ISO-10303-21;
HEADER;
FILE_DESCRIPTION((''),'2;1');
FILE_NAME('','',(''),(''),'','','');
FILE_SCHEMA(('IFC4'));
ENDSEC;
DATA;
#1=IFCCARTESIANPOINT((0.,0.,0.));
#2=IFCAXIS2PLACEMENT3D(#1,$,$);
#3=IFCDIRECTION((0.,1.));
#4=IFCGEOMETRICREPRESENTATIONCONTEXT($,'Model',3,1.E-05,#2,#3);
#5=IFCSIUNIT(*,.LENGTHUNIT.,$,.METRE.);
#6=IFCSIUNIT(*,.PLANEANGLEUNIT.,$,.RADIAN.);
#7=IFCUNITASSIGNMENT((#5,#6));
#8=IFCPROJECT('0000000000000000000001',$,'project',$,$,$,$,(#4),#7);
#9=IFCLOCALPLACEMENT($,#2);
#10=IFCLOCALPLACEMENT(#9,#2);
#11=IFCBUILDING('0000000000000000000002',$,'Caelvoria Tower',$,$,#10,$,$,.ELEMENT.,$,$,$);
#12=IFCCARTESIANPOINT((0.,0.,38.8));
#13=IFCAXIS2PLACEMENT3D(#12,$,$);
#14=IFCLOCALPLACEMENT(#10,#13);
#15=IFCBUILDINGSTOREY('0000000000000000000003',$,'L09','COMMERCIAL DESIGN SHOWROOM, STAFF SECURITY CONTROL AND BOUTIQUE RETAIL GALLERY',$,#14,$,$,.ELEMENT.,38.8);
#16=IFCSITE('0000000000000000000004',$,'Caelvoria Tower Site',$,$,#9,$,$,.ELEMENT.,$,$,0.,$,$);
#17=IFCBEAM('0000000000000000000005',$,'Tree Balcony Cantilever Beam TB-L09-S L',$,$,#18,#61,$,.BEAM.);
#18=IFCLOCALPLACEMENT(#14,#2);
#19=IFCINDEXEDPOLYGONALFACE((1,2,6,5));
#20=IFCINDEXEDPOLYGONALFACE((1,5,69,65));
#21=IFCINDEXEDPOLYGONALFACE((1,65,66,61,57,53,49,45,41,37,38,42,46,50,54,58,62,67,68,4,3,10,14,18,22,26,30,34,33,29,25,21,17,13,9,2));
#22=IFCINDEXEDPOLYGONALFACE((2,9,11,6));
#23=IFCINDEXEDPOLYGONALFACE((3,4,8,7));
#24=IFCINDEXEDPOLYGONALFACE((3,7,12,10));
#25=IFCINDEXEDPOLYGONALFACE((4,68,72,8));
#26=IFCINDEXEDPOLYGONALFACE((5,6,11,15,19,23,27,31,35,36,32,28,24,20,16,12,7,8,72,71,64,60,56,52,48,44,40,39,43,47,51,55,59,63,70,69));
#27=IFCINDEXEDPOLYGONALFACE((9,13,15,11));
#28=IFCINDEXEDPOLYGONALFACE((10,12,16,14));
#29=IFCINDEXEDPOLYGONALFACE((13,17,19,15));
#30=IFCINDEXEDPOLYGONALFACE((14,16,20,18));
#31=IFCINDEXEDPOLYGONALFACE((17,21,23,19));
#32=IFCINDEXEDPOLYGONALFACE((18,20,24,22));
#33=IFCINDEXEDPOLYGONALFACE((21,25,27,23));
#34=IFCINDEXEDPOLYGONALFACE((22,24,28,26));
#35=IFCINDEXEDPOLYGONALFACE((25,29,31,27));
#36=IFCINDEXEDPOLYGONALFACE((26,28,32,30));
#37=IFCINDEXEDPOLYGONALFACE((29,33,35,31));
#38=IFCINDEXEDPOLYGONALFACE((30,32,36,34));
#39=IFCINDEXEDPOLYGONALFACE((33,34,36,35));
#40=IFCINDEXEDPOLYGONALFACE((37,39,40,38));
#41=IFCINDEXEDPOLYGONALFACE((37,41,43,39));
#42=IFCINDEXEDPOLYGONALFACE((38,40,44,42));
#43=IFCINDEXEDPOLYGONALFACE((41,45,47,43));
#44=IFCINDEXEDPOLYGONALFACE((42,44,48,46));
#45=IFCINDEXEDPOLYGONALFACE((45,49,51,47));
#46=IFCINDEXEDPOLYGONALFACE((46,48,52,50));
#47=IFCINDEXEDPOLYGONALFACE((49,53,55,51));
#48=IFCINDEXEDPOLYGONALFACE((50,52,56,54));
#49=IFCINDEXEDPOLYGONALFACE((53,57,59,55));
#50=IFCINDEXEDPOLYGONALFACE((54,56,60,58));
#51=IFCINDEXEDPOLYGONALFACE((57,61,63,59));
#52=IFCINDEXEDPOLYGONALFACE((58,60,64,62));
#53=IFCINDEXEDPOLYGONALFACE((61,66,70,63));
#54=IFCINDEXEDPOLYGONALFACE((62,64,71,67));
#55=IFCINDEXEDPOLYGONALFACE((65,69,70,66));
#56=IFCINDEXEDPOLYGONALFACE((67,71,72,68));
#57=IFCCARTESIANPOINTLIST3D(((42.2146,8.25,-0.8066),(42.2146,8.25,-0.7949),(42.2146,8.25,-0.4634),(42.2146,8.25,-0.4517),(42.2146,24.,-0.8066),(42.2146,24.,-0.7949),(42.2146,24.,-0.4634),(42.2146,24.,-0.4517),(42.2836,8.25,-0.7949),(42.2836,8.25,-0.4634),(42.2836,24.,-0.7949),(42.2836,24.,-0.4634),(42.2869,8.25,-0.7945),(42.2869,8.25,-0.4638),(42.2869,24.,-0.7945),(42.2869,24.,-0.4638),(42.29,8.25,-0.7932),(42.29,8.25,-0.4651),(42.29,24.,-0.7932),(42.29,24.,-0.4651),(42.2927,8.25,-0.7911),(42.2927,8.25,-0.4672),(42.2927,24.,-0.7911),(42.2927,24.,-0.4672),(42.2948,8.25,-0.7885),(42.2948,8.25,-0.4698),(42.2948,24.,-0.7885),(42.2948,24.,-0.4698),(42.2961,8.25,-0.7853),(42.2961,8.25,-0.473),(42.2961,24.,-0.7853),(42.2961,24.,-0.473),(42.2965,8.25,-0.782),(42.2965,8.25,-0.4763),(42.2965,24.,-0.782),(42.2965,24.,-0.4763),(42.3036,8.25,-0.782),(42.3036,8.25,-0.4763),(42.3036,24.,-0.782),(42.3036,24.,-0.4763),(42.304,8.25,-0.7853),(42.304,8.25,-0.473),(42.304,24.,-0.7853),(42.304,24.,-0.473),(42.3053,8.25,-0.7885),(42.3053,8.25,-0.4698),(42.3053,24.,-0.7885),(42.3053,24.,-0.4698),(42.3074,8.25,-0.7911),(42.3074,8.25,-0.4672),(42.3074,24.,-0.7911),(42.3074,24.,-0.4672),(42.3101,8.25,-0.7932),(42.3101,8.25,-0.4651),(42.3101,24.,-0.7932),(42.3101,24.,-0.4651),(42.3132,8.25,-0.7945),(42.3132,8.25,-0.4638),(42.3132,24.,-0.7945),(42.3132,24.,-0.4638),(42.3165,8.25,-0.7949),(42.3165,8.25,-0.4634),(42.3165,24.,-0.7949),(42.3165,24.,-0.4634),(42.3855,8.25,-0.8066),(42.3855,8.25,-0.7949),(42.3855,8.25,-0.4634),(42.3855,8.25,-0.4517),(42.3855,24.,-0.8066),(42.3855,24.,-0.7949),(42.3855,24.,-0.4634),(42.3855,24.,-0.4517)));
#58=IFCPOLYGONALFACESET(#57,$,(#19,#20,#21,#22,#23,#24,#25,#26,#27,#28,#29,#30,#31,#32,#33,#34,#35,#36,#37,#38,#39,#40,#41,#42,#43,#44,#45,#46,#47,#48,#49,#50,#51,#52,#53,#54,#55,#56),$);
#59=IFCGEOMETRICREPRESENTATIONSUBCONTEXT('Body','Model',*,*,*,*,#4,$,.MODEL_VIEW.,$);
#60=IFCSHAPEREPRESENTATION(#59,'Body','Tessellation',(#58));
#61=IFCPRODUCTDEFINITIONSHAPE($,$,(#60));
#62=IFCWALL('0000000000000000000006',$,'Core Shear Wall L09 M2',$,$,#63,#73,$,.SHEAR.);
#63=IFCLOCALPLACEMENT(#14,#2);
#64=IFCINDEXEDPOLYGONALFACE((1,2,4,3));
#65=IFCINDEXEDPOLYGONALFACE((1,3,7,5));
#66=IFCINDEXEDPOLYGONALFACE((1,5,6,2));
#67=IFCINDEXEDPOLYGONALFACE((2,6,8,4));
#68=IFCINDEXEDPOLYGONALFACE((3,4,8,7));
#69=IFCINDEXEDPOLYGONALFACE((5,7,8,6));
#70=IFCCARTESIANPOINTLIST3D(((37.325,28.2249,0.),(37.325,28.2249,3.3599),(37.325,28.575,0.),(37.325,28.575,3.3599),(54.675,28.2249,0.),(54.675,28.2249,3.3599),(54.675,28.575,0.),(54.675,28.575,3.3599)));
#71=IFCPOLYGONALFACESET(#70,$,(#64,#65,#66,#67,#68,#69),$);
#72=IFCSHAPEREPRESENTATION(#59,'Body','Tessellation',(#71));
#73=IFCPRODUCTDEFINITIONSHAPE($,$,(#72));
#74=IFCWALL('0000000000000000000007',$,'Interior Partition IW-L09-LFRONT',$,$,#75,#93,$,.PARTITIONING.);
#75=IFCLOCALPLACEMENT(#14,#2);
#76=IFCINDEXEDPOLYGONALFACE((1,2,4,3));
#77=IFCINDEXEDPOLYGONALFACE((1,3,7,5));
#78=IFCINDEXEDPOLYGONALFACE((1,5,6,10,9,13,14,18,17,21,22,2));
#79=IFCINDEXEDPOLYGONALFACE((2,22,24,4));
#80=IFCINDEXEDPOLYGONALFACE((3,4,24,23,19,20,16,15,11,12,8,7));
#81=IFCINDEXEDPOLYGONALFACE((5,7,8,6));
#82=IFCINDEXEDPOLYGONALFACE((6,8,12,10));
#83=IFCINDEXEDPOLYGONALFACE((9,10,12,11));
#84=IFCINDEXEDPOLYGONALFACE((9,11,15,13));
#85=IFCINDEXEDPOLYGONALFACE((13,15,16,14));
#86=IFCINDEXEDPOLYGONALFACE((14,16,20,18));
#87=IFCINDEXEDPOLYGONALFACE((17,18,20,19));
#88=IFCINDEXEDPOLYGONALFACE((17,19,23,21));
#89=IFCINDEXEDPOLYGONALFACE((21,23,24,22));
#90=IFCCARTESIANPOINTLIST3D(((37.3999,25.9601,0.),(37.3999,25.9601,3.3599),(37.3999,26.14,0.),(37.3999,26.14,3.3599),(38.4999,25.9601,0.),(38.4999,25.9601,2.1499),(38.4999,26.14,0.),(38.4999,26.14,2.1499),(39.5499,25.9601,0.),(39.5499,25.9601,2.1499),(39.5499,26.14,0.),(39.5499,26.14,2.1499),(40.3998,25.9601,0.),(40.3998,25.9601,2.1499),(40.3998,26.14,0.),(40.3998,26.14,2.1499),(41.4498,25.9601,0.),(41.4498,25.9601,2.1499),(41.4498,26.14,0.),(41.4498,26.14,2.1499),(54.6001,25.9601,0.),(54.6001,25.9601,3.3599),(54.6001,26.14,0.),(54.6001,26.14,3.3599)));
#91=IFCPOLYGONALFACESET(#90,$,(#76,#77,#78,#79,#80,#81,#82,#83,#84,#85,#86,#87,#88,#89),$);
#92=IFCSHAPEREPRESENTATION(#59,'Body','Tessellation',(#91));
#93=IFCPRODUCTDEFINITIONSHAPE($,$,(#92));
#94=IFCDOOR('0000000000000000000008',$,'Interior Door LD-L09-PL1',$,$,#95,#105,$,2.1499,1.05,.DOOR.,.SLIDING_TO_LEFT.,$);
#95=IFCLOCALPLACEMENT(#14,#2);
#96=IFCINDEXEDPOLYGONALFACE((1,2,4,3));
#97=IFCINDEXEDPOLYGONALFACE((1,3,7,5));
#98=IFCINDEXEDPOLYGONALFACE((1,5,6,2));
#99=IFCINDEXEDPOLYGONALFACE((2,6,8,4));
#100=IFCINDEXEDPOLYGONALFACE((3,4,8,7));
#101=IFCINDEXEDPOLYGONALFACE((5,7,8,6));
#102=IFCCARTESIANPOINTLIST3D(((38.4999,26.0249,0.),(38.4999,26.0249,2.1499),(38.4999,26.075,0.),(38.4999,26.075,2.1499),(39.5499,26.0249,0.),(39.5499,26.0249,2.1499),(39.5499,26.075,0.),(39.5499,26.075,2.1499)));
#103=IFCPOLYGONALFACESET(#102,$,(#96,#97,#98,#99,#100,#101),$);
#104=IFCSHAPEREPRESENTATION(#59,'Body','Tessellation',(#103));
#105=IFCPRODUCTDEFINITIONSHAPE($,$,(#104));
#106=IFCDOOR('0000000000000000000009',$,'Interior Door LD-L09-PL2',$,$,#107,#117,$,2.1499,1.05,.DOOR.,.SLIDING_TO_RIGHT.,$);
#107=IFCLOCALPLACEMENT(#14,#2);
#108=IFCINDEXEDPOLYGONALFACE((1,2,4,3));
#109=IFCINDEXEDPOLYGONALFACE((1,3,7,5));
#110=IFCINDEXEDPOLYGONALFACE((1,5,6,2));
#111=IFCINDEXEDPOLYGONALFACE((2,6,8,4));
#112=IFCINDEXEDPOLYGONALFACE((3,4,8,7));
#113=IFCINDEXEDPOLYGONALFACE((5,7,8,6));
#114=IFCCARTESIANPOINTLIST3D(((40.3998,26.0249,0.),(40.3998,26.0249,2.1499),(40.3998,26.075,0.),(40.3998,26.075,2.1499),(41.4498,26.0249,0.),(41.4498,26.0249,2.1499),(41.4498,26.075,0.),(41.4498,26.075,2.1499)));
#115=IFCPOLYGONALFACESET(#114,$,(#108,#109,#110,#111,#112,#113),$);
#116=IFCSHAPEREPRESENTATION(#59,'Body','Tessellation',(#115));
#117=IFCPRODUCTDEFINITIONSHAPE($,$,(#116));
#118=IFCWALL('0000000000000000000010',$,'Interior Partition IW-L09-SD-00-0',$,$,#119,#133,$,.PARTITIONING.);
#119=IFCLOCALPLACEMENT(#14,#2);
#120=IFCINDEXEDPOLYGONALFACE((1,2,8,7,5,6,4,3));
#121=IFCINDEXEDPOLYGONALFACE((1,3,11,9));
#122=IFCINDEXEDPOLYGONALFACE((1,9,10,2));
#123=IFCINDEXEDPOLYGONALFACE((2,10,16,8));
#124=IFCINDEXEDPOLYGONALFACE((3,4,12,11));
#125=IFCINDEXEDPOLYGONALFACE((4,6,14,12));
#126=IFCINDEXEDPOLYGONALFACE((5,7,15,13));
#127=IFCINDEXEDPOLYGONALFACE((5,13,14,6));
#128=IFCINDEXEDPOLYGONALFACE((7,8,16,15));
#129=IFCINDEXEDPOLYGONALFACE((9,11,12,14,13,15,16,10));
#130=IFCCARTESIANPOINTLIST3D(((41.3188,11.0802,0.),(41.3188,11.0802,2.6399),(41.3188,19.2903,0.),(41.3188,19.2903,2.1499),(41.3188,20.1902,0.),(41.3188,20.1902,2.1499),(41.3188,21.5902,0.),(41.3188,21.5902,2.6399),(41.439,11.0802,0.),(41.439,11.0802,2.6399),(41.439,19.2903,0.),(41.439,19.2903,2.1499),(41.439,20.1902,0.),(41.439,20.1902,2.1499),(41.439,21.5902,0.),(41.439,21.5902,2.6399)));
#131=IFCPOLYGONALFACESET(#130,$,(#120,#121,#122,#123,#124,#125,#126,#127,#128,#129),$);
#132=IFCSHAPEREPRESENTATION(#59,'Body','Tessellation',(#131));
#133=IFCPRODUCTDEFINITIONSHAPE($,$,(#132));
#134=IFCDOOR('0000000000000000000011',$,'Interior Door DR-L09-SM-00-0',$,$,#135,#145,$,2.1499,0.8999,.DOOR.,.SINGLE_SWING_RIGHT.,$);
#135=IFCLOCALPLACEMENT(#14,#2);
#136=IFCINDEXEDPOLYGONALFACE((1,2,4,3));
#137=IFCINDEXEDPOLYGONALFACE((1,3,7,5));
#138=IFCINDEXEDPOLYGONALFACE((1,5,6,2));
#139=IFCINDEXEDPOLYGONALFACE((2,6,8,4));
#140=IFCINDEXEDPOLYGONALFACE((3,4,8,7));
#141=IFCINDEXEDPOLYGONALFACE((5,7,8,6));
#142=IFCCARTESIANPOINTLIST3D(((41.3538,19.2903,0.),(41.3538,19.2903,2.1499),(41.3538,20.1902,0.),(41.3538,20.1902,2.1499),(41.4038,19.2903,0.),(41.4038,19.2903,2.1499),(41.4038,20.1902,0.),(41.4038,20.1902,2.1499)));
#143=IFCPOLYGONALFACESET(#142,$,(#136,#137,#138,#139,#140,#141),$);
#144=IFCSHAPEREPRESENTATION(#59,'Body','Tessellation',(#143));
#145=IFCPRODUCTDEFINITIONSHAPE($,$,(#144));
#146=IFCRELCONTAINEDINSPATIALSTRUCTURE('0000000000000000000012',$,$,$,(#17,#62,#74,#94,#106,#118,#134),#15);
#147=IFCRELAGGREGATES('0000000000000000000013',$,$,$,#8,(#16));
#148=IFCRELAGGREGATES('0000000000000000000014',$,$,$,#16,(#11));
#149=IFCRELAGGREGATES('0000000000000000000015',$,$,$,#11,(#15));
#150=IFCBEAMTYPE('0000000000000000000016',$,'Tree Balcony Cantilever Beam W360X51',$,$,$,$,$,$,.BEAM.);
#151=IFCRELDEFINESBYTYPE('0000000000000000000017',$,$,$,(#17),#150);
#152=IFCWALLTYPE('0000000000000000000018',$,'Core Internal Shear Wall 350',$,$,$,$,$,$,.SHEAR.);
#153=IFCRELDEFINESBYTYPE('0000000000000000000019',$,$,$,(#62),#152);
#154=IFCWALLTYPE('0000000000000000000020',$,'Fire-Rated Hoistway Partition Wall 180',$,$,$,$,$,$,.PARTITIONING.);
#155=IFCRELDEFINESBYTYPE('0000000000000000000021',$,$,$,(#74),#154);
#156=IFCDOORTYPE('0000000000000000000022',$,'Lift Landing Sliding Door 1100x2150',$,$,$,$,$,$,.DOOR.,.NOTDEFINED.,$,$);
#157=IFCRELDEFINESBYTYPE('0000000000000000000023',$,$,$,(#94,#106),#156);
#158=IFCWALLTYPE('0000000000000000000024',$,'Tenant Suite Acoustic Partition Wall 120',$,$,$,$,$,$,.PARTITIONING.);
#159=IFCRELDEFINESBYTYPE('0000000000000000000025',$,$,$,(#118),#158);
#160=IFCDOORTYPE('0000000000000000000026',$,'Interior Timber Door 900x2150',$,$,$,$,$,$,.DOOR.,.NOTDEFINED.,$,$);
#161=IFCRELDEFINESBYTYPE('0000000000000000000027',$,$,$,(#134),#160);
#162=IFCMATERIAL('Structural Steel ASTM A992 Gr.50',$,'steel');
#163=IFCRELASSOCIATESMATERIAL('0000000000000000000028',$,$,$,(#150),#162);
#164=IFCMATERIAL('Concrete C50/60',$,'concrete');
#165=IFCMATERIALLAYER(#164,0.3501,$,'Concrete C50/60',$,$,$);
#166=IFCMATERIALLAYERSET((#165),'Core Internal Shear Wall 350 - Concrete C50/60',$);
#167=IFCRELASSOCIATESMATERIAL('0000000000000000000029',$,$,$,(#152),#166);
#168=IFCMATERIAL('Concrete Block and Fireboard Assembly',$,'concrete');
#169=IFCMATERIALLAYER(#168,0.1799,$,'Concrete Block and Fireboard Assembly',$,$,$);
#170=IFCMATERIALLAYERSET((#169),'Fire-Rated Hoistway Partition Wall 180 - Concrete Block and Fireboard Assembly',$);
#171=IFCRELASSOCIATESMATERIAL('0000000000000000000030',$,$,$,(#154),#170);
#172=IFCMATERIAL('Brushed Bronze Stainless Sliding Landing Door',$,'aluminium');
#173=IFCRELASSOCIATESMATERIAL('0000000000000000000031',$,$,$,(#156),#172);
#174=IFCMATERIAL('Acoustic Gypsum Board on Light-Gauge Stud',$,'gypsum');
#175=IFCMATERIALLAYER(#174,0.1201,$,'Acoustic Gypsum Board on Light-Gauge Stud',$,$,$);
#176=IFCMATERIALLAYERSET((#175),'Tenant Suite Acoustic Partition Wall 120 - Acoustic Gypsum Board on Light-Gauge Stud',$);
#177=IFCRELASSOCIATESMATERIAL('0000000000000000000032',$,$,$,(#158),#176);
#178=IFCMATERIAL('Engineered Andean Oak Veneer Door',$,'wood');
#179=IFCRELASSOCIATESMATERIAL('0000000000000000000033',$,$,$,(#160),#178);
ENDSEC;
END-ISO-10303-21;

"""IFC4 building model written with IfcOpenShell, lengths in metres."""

from ifc_helpers import new_model, si_unit, direction, frame, frame_2d, origin, origin_2d, place, context, subcontext, project, spatial, rectangle, i_section, extrude, material, layer, layer_set, material_profile, profile_set, type_object, element, fill, save


model = new_model("IFC4")

# Units and contexts
model_context = context("Model", 3, precision=1e-05, world=origin(), true_north=direction((0.0, 1.0)))
body_context = subcontext(model_context, "Body", "Model", "MODEL_VIEW")
ifc_project = project(units=[si_unit("LENGTHUNIT", "METRE"), si_unit("PLANEANGLEUNIT", "RADIAN")], contexts=[model_context])

# Site, building, storey
site_placement = place(None, origin())
site = spatial("IfcSite", under=ifc_project, at=site_placement, Name="Caelvoria Tower Site", CompositionType="ELEMENT", RefElevation=0.0)
building_placement = place(site_placement, origin())
building = spatial("IfcBuilding", under=site, at=building_placement, Name="Caelvoria Tower", CompositionType="ELEMENT")
storey_placement = place(building_placement, frame((0.0, 0.0, 38.8)))
storey = spatial("IfcBuildingStorey", under=building, at=storey_placement, Name="L09", Description="COMMERCIAL DESIGN SHOWROOM, STAFF SECURITY CONTROL AND BOUTIQUE RETAIL GALLERY", CompositionType="ELEMENT", Elevation=38.8)

# Beam
ifc_material_1 = material(Name="Structural Steel ASTM A992 Gr.50", Category="steel")
ifc_material_profile_1 = material_profile(ifc_material_1, i_section(OverallWidth=0.1709, OverallDepth=0.355, WebThickness=0.0071, FlangeThickness=0.0117, FilletRadius=0.0129, at=origin_2d()), Name="Structural Steel ASTM A992 Gr.50")
ifc_profile_set_1 = profile_set([ifc_material_profile_1], Name="W360X51 - Structural Steel ASTM A992 Gr.50")
beam_type_1 = type_object("IfcBeamType", Name="Tree Balcony Cantilever Beam W360X51", PredefinedType="BEAM", material=ifc_profile_set_1)
beam_1_placement = place(storey_placement, frame((42.3, 24.0, -0.6292), z_axis=(0.0, -1.0, 0.0), x_axis=(1.0, 0.0, 0.0)))
element("IfcBeam", 1, at=beam_1_placement, inside=storey, type_object=beam_type_1, Name="Tree Balcony Cantilever Beam TB-L09-S L", PredefinedType="BEAM", context=body_context, shape_type="SweptSolid", body=[
    extrude(i_section(OverallWidth=0.1709, OverallDepth=0.355, WebThickness=0.0071, FlangeThickness=0.0117, FilletRadius=0.0129, at=origin_2d()), origin(), (0.0, 0.0, 1.0), 15.75),
])

# Wall
ifc_material_2 = material(Name="Concrete C50/60", Category="concrete")
ifc_layer_1 = layer(ifc_material_2, 0.3501, Name="Concrete C50/60")
ifc_layer_set_1 = layer_set([ifc_layer_1], Name="Core Internal Shear Wall 350 - Concrete C50/60")
wall_type_1 = type_object("IfcWallType", Name="Core Internal Shear Wall 350", PredefinedType="SHEAR", material=ifc_layer_set_1)
wall_1_placement = place(storey_placement, frame((37.325, 28.3999, 0.0), z_axis=(0.0, 0.0, 1.0), x_axis=(1.0, 0.0, 0.0)))
element("IfcWall", 2, at=wall_1_placement, inside=storey, type_object=wall_type_1, Name="Core Shear Wall L09 M2", PredefinedType="SHEAR", context=body_context, shape_type="SweptSolid", body=[
    extrude(rectangle(XDim=17.3501, YDim=0.3501, at=frame_2d((8.675, 0.0))), origin(), (0.0, 0.0, 1.0), 3.3599),
])

# Wall, openings, doors
ifc_material_3 = material(Name="Concrete Block and Fireboard Assembly", Category="concrete")
ifc_layer_2 = layer(ifc_material_3, 0.1799, Name="Concrete Block and Fireboard Assembly")
ifc_layer_set_2 = layer_set([ifc_layer_2], Name="Fire-Rated Hoistway Partition Wall 180 - Concrete Block and Fireboard Assembly")
wall_type_2 = type_object("IfcWallType", Name="Fire-Rated Hoistway Partition Wall 180", PredefinedType="PARTITIONING", material=ifc_layer_set_2)
wall_2_placement = place(storey_placement, frame((37.3999, 26.05, 0.0), z_axis=(0.0, 0.0, 1.0), x_axis=(1.0, 0.0, 0.0)))
wall_2 = element("IfcWall", 3, at=wall_2_placement, inside=storey, type_object=wall_type_2, Name="Interior Partition IW-L09-LFRONT", PredefinedType="PARTITIONING", context=body_context, shape_type="SweptSolid", body=[
    extrude(rectangle(XDim=17.2002, YDim=0.1799, at=frame_2d((8.6001, 0.0))), origin(), (0.0, 0.0, 1.0), 3.3599),
])
opening_1_placement = place(wall_2_placement, frame((1.1001, 0.0, 0.0)))
opening_1 = element("IfcOpeningElement", 4, at=opening_1_placement, cuts=wall_2, PredefinedType="OPENING", context=body_context, shape_type="SweptSolid", body=[
    extrude(rectangle(XDim=1.05, YDim=2.1499, at=frame_2d((0.5249, 1.075))), frame((0.0, 0.0999, 0.0), z_axis=(0.0, -1.0, 0.0), x_axis=(1.0, 0.0, 0.0)), (0.0, 0.0, 1.0), 0.2),
])
opening_2_placement = place(wall_2_placement, frame((3.0, 0.0, 0.0)))
opening_2 = element("IfcOpeningElement", 5, at=opening_2_placement, cuts=wall_2, PredefinedType="OPENING", context=body_context, shape_type="SweptSolid", body=[
    extrude(rectangle(XDim=1.05, YDim=2.1499, at=frame_2d((0.5249, 1.075))), frame((0.0, 0.0999, 0.0), z_axis=(0.0, -1.0, 0.0), x_axis=(1.0, 0.0, 0.0)), (0.0, 0.0, 1.0), 0.2),
])
ifc_material_4 = material(Name="Brushed Bronze Stainless Sliding Landing Door", Category="aluminium")
door_type_1 = type_object("IfcDoorType", Name="Lift Landing Sliding Door 1100x2150", OperationType="NOTDEFINED", PredefinedType="DOOR", material=ifc_material_4)
door_1_placement = place(opening_1_placement, origin())
door_1 = element("IfcDoor", 6, at=door_1_placement, inside=storey, type_object=door_type_1, Name="Interior Door LD-L09-PL1", OperationType="SLIDING_TO_LEFT", OverallHeight=2.1499, OverallWidth=1.05, PredefinedType="DOOR", context=body_context, shape_type="SweptSolid", body=[
    extrude(rectangle(XDim=1.05, YDim=2.1499, at=frame_2d((0.5249, 1.075))), frame((0.0, 0.0249, 0.0), z_axis=(0.0, -1.0, 0.0), x_axis=(1.0, 0.0, 0.0)), (0.0, 0.0, 1.0), 0.05),
])
fill(opening_1, door_1)
door_2_placement = place(opening_2_placement, origin())
door_2 = element("IfcDoor", 7, at=door_2_placement, inside=storey, type_object=door_type_1, Name="Interior Door LD-L09-PL2", OperationType="SLIDING_TO_RIGHT", OverallHeight=2.1499, OverallWidth=1.05, PredefinedType="DOOR", context=body_context, shape_type="SweptSolid", body=[
    extrude(rectangle(XDim=1.05, YDim=2.1499, at=frame_2d((0.5249, 1.075))), frame((0.0, 0.0249, 0.0), z_axis=(0.0, -1.0, 0.0), x_axis=(1.0, 0.0, 0.0)), (0.0, 0.0, 1.0), 0.05),
])
fill(opening_2, door_2)

# Wall, opening, door
ifc_material_5 = material(Name="Acoustic Gypsum Board on Light-Gauge Stud", Category="gypsum")
ifc_layer_3 = layer(ifc_material_5, 0.1201, Name="Acoustic Gypsum Board on Light-Gauge Stud")
ifc_layer_set_3 = layer_set([ifc_layer_3], Name="Tenant Suite Acoustic Partition Wall 120 - Acoustic Gypsum Board on Light-Gauge Stud")
wall_type_3 = type_object("IfcWallType", Name="Tenant Suite Acoustic Partition Wall 120", PredefinedType="PARTITIONING", material=ifc_layer_set_3)
wall_3_placement = place(storey_placement, frame((41.3789, 21.5901, 0.0), z_axis=(0.0, 0.0, 1.0), x_axis=(0.0, -1.0, 0.0)))
wall_3 = element("IfcWall", 8, at=wall_3_placement, inside=storey, type_object=wall_type_3, Name="Interior Partition IW-L09-SD-00-0", PredefinedType="PARTITIONING", context=body_context, shape_type="SweptSolid", body=[
    extrude(rectangle(XDim=10.51, YDim=0.1201, at=frame_2d((5.2549, 0.0))), origin(), (0.0, 0.0, 1.0), 2.6399),
])
opening_3_placement = place(wall_3_placement, frame((1.3999, 0.0, 0.0)))
opening_3 = element("IfcOpeningElement", 9, at=opening_3_placement, cuts=wall_3, PredefinedType="OPENING", context=body_context, shape_type="SweptSolid", body=[
    extrude(rectangle(XDim=0.8999, YDim=2.1499, at=frame_2d((0.45, 1.075))), frame((0.0, 0.0701, 0.0), z_axis=(0.0, -1.0, 0.0), x_axis=(1.0, 0.0, 0.0)), (0.0, 0.0, 1.0), 0.1401),
])
ifc_material_6 = material(Name="Engineered Andean Oak Veneer Door", Category="wood")
door_type_2 = type_object("IfcDoorType", Name="Interior Timber Door 900x2150", OperationType="NOTDEFINED", PredefinedType="DOOR", material=ifc_material_6)
door_3_placement = place(opening_3_placement, origin())
door_3 = element("IfcDoor", 10, at=door_3_placement, inside=storey, type_object=door_type_2, Name="Interior Door DR-L09-SM-00-0", OperationType="SINGLE_SWING_RIGHT", OverallHeight=2.1499, OverallWidth=0.8999, PredefinedType="DOOR", context=body_context, shape_type="SweptSolid", body=[
    extrude(rectangle(XDim=0.8999, YDim=2.1499, at=frame_2d((0.45, 1.075))), frame((0.0, 0.0249, 0.0), z_axis=(0.0, -1.0, 0.0), x_axis=(1.0, 0.0, 0.0)), (0.0, 0.0, 1.0), 0.05),
])
fill(opening_3, door_3)

save(model, "model.ifc")
